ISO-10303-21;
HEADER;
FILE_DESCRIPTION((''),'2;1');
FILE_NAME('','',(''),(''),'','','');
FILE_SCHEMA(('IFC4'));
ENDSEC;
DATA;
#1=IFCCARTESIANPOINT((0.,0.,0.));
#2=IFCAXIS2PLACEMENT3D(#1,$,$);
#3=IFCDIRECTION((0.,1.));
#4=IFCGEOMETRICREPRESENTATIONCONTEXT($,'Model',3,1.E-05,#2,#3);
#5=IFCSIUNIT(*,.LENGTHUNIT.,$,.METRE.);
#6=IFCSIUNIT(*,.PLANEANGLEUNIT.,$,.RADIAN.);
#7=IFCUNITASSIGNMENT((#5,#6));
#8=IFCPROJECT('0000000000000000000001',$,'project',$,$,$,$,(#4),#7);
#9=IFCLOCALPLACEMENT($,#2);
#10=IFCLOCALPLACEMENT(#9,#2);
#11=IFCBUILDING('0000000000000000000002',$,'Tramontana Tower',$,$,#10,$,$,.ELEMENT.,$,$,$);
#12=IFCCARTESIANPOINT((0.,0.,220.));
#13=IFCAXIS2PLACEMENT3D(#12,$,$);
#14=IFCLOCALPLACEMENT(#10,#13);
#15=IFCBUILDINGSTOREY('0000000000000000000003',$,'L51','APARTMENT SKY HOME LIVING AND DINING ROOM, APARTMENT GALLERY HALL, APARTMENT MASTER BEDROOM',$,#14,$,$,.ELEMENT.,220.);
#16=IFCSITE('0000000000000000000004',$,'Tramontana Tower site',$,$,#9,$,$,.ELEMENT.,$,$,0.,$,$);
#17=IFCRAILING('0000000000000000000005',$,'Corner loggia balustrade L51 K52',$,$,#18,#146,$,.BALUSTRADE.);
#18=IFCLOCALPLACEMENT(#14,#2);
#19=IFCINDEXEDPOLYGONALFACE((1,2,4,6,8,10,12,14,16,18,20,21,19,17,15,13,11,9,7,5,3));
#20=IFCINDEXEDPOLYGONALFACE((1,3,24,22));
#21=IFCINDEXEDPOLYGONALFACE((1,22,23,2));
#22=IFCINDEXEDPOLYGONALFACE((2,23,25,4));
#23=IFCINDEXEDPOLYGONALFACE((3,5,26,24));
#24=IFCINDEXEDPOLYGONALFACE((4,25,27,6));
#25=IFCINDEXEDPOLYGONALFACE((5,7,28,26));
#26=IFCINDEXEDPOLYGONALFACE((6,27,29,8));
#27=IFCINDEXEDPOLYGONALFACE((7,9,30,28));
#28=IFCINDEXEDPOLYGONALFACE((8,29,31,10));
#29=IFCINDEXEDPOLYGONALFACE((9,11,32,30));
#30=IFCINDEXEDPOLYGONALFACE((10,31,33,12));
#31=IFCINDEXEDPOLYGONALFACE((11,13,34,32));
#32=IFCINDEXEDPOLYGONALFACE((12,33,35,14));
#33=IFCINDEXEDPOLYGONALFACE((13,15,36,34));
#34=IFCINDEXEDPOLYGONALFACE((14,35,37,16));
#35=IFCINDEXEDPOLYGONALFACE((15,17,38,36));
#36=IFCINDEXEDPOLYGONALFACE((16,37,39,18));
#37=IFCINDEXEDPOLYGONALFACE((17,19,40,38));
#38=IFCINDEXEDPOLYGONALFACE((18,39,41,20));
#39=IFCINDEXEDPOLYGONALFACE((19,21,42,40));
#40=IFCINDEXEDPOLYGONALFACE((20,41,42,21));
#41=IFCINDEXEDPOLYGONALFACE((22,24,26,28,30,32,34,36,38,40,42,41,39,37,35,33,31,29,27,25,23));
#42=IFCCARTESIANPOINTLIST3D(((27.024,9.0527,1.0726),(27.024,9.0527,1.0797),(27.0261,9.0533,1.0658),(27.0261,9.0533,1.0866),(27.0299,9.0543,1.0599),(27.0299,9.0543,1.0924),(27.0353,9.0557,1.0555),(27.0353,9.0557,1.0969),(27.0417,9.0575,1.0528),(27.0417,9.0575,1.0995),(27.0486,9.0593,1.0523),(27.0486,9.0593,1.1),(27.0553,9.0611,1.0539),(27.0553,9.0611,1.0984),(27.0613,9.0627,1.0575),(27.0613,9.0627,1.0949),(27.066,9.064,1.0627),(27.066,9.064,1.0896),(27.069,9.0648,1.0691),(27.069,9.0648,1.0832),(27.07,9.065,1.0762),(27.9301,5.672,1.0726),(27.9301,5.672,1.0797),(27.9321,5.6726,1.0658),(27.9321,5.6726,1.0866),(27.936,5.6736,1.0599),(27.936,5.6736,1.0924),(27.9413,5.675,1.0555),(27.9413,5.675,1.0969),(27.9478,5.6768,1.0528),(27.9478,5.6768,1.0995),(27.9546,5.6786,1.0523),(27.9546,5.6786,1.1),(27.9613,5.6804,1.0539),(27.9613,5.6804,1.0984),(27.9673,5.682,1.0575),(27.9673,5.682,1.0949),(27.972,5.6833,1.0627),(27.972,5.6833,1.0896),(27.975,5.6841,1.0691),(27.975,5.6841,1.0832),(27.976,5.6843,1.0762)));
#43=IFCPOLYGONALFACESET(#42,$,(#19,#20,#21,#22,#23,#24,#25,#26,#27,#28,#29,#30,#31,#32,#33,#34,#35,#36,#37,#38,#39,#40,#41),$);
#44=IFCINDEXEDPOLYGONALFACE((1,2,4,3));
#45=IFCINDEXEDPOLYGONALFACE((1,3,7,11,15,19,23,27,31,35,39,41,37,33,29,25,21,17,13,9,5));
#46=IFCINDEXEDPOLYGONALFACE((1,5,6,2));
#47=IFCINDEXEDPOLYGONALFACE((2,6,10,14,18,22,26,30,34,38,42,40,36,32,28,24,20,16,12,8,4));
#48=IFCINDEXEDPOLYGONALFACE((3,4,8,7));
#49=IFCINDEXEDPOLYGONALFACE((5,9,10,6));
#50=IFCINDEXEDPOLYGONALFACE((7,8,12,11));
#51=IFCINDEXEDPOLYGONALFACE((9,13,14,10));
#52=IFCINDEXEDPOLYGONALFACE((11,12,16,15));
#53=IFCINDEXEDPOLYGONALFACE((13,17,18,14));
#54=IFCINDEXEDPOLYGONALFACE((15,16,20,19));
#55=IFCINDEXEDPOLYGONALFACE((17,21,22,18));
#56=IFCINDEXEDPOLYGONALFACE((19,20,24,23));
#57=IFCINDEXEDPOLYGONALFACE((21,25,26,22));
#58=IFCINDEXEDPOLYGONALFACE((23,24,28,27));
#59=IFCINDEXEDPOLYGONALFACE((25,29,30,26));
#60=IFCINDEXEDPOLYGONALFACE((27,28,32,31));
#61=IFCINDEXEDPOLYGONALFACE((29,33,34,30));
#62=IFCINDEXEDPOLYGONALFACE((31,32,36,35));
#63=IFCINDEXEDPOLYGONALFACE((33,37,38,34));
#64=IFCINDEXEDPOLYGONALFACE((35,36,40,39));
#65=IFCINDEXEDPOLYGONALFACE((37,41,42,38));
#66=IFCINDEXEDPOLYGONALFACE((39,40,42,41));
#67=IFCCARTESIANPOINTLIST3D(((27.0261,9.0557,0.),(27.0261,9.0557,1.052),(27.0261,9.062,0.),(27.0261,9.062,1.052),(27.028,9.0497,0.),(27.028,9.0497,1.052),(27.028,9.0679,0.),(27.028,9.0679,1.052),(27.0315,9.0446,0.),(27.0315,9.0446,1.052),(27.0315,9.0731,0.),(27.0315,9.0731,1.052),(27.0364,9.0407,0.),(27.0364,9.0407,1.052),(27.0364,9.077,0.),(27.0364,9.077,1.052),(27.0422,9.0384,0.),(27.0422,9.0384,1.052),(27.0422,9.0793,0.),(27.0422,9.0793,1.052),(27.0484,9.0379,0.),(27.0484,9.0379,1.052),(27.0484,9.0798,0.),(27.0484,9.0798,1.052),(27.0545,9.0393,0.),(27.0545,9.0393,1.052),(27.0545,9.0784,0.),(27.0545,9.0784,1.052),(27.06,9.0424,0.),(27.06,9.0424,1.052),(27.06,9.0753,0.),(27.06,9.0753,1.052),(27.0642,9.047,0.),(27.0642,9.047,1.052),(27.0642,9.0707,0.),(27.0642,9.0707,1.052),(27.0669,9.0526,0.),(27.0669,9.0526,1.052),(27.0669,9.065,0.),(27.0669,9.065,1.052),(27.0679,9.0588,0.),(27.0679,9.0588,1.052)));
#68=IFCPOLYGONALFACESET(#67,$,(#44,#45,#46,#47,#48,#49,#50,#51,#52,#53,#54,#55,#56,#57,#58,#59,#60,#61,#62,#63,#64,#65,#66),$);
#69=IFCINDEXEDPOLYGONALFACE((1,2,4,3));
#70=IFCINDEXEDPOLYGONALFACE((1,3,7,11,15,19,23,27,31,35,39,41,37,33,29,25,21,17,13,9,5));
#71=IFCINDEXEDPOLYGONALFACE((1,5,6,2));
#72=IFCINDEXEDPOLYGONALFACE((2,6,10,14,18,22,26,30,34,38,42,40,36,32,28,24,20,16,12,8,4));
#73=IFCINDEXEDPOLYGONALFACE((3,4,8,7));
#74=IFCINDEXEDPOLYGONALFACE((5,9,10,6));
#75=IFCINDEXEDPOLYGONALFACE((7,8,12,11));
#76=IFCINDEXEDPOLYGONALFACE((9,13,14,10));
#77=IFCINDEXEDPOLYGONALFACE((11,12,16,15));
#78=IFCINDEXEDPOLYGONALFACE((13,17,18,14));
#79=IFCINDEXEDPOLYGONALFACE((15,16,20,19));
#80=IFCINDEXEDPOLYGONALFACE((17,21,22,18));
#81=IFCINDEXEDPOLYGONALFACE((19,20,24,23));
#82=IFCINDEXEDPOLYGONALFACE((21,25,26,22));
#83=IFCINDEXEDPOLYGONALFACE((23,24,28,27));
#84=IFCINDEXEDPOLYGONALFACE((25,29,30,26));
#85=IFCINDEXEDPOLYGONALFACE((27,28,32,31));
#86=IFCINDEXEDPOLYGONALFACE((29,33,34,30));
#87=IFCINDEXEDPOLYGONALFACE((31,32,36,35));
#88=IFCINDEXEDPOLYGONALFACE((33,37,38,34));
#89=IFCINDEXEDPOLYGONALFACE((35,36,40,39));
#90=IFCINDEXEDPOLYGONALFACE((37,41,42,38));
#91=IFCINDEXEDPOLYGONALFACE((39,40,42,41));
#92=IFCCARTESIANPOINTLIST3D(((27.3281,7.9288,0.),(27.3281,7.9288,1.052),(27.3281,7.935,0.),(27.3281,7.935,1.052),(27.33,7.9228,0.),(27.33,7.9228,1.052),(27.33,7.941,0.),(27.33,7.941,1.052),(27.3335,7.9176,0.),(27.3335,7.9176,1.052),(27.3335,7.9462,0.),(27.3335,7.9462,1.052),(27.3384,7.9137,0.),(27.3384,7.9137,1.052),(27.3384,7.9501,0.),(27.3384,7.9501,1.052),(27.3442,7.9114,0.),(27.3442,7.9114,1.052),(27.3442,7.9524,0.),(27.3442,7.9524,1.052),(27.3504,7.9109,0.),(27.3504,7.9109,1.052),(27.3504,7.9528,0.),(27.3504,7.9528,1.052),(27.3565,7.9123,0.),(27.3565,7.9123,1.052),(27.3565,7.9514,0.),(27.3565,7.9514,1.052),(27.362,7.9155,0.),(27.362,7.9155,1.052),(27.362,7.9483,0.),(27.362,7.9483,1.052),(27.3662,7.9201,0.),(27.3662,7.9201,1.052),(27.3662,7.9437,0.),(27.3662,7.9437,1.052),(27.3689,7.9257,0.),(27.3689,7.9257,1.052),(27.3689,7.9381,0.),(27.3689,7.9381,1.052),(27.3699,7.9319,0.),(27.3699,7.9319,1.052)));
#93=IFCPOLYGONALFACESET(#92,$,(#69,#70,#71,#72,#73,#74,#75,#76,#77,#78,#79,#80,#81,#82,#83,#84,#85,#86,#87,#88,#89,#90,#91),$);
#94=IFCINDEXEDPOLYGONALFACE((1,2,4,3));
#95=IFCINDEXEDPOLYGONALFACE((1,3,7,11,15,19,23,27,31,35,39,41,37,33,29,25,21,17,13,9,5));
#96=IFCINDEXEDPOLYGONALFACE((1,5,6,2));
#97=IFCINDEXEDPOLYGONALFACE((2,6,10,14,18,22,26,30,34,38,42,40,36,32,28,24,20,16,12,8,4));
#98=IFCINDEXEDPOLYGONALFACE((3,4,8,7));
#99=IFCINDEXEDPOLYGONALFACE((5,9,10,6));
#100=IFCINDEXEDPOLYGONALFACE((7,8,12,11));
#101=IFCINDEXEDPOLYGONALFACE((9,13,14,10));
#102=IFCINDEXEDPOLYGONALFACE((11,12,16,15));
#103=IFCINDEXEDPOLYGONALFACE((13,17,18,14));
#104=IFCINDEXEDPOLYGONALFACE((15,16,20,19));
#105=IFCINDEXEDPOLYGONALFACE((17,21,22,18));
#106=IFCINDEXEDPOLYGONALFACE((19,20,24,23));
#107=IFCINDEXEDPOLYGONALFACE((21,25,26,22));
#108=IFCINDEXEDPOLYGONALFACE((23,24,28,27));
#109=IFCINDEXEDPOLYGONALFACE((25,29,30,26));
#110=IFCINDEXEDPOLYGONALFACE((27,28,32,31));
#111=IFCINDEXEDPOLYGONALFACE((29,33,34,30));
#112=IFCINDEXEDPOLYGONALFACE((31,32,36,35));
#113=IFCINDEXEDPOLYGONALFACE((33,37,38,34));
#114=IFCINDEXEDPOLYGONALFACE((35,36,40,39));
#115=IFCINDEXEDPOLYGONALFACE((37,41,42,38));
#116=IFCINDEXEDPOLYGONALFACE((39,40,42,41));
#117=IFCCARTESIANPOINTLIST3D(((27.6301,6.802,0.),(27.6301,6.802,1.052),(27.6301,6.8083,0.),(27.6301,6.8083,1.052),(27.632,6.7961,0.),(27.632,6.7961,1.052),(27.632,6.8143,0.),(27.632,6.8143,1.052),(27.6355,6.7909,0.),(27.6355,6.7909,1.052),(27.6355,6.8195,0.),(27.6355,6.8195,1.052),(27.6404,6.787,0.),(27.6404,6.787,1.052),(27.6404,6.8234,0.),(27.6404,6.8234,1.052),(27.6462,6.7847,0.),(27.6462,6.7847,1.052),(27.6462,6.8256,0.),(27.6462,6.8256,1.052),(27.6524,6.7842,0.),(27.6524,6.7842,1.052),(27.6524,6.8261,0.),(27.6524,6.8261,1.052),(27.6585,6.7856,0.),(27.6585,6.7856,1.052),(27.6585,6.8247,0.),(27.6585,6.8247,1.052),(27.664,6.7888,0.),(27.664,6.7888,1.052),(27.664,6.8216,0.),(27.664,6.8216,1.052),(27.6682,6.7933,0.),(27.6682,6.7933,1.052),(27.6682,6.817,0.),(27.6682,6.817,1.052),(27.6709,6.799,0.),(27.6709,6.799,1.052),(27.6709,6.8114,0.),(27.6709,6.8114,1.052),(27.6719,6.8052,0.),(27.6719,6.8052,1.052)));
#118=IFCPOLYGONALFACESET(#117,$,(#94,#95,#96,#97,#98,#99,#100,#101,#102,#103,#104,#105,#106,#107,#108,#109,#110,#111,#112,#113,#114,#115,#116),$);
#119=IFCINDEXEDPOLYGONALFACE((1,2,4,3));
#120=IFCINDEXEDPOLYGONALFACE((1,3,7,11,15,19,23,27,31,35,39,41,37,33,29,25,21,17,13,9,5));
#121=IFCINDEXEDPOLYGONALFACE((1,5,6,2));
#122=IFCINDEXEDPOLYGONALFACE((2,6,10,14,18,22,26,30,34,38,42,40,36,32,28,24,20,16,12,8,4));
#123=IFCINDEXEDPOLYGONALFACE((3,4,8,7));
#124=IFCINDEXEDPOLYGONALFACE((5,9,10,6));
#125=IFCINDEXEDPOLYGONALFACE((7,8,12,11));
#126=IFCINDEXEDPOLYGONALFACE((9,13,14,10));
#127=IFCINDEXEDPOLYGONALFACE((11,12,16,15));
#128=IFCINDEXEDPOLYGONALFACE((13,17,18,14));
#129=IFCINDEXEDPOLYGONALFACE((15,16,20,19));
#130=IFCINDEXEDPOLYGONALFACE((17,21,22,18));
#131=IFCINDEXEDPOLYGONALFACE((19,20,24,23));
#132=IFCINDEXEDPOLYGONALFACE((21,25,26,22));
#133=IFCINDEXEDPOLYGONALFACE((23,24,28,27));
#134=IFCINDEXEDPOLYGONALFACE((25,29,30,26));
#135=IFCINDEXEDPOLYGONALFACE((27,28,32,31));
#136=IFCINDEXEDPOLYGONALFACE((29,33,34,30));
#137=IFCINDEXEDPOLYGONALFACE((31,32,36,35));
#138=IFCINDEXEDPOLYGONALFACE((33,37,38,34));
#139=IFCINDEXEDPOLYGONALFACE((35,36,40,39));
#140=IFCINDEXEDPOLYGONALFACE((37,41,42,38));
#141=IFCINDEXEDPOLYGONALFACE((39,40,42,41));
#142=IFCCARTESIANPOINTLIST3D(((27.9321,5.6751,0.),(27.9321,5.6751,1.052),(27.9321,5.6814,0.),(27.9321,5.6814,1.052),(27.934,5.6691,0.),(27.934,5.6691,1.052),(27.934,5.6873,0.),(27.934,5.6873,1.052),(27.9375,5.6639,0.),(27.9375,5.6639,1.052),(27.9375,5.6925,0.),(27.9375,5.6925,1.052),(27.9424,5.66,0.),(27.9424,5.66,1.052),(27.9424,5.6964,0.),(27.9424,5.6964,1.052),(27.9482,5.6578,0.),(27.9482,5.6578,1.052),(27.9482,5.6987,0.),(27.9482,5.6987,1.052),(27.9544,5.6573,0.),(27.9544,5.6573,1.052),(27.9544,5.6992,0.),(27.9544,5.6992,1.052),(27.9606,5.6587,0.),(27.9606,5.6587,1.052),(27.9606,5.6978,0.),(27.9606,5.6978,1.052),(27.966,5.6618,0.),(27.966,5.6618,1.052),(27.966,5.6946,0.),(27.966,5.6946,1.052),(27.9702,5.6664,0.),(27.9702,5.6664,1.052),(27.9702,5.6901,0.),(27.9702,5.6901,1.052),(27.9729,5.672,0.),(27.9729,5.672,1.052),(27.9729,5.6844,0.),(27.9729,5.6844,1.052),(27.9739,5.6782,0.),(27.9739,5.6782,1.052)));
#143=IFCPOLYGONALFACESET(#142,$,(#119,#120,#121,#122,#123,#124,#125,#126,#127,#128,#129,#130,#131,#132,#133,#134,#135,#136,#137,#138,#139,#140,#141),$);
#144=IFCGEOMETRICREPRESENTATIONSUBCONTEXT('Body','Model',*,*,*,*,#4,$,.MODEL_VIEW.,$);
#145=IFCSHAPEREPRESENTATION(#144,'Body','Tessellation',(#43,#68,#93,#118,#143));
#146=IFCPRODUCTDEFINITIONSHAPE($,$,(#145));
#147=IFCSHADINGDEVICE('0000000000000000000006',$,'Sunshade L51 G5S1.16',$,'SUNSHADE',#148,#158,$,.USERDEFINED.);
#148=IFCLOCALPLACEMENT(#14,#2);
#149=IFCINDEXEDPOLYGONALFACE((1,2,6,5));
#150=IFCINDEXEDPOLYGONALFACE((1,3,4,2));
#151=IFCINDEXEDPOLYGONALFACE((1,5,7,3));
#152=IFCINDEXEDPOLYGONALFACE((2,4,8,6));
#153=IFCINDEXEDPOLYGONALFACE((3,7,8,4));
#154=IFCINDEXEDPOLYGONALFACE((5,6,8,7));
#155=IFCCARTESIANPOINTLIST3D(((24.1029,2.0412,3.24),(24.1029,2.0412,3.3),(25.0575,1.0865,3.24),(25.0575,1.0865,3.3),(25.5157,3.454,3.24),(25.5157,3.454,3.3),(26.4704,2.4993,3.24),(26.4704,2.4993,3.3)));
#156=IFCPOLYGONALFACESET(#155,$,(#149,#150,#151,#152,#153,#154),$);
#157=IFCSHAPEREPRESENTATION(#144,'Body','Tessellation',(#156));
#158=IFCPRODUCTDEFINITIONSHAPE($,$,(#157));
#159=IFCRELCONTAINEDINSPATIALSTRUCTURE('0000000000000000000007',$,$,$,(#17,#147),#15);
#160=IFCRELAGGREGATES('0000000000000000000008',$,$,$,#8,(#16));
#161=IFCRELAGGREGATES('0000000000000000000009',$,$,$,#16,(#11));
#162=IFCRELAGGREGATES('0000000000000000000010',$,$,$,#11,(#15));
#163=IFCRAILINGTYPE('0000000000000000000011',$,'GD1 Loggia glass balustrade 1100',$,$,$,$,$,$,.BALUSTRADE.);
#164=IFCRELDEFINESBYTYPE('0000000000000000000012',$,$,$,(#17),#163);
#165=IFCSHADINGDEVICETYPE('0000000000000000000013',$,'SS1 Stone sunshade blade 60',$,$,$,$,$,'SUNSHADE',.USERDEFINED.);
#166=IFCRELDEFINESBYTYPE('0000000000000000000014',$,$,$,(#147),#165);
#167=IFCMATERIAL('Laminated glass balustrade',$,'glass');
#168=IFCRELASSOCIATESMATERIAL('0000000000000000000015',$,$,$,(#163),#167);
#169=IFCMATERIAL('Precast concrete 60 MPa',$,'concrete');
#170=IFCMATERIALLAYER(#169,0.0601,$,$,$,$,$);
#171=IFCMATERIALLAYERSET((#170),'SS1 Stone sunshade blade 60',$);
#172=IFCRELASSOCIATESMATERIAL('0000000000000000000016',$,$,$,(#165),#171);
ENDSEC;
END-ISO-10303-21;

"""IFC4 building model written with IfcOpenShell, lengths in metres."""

from ifc_helpers import new_model, si_unit, direction, frame, origin, origin_2d, place, context, subcontext, project, spatial, rectangle, circle, extrude, material, layer, layer_set, type_object, element, save


model = new_model("IFC4")

# Units and contexts
model_context = context("Model", 3, precision=1e-05, world=origin(), true_north=direction((0.0, 1.0)))
body_context = subcontext(model_context, "Body", "Model", "MODEL_VIEW")
ifc_project = project(units=[si_unit("LENGTHUNIT", "METRE"), si_unit("PLANEANGLEUNIT", "RADIAN")], contexts=[model_context])

# Site, building, storey
site_placement = place(None, origin())
site = spatial("IfcSite", under=ifc_project, at=site_placement, Name="Tramontana Tower site", CompositionType="ELEMENT", RefElevation=0.0)
building_placement = place(site_placement, origin())
building = spatial("IfcBuilding", under=site, at=building_placement, Name="Tramontana Tower", CompositionType="ELEMENT")
storey_placement = place(building_placement, frame((0.0, 0.0, 220.0)))
storey = spatial("IfcBuildingStorey", under=building, at=storey_placement, Name="L51", Description="APARTMENT SKY HOME LIVING AND DINING ROOM, APARTMENT GALLERY HALL, APARTMENT MASTER BEDROOM", CompositionType="ELEMENT", Elevation=220.0)

# Railing
ifc_material_1 = material(Name="Laminated glass balustrade", Category="glass")
railing_type = type_object("IfcRailingType", Name="GD1 Loggia glass balustrade 1100", PredefinedType="BALUSTRADE", material=ifc_material_1)
railing_1_placement = place(storey_placement, frame((27.0469, 9.0588, 0.0)))
element("IfcRailing", 1, at=railing_1_placement, inside=storey, type_object=railing_type, Name="Corner loggia balustrade L51 K52", PredefinedType="BALUSTRADE", context=body_context, shape_type="SweptSolid", body=[
    extrude(circle(Radius=0.0239, at=origin_2d()), frame((0.0, 0.0, 1.0762), z_axis=(0.258865, -0.965913, 0.0), x_axis=(0.965913, 0.258865, 0.0)), (0.0, 0.0, 1.0), 3.5),
    extrude(circle(Radius=0.021, at=origin_2d()), origin(), (0.0, 0.0, 1.0), 1.052),
    extrude(circle(Radius=0.021, at=origin_2d()), frame((0.302, -1.127, 0.0)), (0.0, 0.0, 1.0), 1.052),
    extrude(circle(Radius=0.021, at=origin_2d()), frame((0.604, -2.2537, 0.0)), (0.0, 0.0, 1.0), 1.052),
    extrude(circle(Radius=0.021, at=origin_2d()), frame((0.906, -3.3806, 0.0)), (0.0, 0.0, 1.0), 1.052),
])

# Shading device
ifc_material_2 = material(Name="Precast concrete 60 MPa", Category="concrete")
ifc_layer_1 = layer(ifc_material_2, 0.0601)
ifc_layer_set_1 = layer_set([ifc_layer_1], Name="SS1 Stone sunshade blade 60")
shading_device_type = type_object("IfcShadingDeviceType", Name="SS1 Stone sunshade blade 60", ElementType="SUNSHADE", PredefinedType="USERDEFINED", material=ifc_layer_set_1)
shading_device_placement = place(storey_placement, frame((25.2866, 2.2703, 3.24), z_axis=(0.0, 0.0, 1.0), x_axis=(0.707107, 0.707107, 0.0)))
element("IfcShadingDevice", 2, at=shading_device_placement, inside=storey, type_object=shading_device_type, Name="Sunshade L51 G5S1.16", ObjectType="SUNSHADE", PredefinedType="USERDEFINED", context=body_context, shape_type="SweptSolid", body=[
    extrude(rectangle(XDim=1.998, YDim=1.3501, at=origin_2d()), origin(), (0.0, 0.0, 1.0), 0.0601),
])

save(model, "model.ifc")
